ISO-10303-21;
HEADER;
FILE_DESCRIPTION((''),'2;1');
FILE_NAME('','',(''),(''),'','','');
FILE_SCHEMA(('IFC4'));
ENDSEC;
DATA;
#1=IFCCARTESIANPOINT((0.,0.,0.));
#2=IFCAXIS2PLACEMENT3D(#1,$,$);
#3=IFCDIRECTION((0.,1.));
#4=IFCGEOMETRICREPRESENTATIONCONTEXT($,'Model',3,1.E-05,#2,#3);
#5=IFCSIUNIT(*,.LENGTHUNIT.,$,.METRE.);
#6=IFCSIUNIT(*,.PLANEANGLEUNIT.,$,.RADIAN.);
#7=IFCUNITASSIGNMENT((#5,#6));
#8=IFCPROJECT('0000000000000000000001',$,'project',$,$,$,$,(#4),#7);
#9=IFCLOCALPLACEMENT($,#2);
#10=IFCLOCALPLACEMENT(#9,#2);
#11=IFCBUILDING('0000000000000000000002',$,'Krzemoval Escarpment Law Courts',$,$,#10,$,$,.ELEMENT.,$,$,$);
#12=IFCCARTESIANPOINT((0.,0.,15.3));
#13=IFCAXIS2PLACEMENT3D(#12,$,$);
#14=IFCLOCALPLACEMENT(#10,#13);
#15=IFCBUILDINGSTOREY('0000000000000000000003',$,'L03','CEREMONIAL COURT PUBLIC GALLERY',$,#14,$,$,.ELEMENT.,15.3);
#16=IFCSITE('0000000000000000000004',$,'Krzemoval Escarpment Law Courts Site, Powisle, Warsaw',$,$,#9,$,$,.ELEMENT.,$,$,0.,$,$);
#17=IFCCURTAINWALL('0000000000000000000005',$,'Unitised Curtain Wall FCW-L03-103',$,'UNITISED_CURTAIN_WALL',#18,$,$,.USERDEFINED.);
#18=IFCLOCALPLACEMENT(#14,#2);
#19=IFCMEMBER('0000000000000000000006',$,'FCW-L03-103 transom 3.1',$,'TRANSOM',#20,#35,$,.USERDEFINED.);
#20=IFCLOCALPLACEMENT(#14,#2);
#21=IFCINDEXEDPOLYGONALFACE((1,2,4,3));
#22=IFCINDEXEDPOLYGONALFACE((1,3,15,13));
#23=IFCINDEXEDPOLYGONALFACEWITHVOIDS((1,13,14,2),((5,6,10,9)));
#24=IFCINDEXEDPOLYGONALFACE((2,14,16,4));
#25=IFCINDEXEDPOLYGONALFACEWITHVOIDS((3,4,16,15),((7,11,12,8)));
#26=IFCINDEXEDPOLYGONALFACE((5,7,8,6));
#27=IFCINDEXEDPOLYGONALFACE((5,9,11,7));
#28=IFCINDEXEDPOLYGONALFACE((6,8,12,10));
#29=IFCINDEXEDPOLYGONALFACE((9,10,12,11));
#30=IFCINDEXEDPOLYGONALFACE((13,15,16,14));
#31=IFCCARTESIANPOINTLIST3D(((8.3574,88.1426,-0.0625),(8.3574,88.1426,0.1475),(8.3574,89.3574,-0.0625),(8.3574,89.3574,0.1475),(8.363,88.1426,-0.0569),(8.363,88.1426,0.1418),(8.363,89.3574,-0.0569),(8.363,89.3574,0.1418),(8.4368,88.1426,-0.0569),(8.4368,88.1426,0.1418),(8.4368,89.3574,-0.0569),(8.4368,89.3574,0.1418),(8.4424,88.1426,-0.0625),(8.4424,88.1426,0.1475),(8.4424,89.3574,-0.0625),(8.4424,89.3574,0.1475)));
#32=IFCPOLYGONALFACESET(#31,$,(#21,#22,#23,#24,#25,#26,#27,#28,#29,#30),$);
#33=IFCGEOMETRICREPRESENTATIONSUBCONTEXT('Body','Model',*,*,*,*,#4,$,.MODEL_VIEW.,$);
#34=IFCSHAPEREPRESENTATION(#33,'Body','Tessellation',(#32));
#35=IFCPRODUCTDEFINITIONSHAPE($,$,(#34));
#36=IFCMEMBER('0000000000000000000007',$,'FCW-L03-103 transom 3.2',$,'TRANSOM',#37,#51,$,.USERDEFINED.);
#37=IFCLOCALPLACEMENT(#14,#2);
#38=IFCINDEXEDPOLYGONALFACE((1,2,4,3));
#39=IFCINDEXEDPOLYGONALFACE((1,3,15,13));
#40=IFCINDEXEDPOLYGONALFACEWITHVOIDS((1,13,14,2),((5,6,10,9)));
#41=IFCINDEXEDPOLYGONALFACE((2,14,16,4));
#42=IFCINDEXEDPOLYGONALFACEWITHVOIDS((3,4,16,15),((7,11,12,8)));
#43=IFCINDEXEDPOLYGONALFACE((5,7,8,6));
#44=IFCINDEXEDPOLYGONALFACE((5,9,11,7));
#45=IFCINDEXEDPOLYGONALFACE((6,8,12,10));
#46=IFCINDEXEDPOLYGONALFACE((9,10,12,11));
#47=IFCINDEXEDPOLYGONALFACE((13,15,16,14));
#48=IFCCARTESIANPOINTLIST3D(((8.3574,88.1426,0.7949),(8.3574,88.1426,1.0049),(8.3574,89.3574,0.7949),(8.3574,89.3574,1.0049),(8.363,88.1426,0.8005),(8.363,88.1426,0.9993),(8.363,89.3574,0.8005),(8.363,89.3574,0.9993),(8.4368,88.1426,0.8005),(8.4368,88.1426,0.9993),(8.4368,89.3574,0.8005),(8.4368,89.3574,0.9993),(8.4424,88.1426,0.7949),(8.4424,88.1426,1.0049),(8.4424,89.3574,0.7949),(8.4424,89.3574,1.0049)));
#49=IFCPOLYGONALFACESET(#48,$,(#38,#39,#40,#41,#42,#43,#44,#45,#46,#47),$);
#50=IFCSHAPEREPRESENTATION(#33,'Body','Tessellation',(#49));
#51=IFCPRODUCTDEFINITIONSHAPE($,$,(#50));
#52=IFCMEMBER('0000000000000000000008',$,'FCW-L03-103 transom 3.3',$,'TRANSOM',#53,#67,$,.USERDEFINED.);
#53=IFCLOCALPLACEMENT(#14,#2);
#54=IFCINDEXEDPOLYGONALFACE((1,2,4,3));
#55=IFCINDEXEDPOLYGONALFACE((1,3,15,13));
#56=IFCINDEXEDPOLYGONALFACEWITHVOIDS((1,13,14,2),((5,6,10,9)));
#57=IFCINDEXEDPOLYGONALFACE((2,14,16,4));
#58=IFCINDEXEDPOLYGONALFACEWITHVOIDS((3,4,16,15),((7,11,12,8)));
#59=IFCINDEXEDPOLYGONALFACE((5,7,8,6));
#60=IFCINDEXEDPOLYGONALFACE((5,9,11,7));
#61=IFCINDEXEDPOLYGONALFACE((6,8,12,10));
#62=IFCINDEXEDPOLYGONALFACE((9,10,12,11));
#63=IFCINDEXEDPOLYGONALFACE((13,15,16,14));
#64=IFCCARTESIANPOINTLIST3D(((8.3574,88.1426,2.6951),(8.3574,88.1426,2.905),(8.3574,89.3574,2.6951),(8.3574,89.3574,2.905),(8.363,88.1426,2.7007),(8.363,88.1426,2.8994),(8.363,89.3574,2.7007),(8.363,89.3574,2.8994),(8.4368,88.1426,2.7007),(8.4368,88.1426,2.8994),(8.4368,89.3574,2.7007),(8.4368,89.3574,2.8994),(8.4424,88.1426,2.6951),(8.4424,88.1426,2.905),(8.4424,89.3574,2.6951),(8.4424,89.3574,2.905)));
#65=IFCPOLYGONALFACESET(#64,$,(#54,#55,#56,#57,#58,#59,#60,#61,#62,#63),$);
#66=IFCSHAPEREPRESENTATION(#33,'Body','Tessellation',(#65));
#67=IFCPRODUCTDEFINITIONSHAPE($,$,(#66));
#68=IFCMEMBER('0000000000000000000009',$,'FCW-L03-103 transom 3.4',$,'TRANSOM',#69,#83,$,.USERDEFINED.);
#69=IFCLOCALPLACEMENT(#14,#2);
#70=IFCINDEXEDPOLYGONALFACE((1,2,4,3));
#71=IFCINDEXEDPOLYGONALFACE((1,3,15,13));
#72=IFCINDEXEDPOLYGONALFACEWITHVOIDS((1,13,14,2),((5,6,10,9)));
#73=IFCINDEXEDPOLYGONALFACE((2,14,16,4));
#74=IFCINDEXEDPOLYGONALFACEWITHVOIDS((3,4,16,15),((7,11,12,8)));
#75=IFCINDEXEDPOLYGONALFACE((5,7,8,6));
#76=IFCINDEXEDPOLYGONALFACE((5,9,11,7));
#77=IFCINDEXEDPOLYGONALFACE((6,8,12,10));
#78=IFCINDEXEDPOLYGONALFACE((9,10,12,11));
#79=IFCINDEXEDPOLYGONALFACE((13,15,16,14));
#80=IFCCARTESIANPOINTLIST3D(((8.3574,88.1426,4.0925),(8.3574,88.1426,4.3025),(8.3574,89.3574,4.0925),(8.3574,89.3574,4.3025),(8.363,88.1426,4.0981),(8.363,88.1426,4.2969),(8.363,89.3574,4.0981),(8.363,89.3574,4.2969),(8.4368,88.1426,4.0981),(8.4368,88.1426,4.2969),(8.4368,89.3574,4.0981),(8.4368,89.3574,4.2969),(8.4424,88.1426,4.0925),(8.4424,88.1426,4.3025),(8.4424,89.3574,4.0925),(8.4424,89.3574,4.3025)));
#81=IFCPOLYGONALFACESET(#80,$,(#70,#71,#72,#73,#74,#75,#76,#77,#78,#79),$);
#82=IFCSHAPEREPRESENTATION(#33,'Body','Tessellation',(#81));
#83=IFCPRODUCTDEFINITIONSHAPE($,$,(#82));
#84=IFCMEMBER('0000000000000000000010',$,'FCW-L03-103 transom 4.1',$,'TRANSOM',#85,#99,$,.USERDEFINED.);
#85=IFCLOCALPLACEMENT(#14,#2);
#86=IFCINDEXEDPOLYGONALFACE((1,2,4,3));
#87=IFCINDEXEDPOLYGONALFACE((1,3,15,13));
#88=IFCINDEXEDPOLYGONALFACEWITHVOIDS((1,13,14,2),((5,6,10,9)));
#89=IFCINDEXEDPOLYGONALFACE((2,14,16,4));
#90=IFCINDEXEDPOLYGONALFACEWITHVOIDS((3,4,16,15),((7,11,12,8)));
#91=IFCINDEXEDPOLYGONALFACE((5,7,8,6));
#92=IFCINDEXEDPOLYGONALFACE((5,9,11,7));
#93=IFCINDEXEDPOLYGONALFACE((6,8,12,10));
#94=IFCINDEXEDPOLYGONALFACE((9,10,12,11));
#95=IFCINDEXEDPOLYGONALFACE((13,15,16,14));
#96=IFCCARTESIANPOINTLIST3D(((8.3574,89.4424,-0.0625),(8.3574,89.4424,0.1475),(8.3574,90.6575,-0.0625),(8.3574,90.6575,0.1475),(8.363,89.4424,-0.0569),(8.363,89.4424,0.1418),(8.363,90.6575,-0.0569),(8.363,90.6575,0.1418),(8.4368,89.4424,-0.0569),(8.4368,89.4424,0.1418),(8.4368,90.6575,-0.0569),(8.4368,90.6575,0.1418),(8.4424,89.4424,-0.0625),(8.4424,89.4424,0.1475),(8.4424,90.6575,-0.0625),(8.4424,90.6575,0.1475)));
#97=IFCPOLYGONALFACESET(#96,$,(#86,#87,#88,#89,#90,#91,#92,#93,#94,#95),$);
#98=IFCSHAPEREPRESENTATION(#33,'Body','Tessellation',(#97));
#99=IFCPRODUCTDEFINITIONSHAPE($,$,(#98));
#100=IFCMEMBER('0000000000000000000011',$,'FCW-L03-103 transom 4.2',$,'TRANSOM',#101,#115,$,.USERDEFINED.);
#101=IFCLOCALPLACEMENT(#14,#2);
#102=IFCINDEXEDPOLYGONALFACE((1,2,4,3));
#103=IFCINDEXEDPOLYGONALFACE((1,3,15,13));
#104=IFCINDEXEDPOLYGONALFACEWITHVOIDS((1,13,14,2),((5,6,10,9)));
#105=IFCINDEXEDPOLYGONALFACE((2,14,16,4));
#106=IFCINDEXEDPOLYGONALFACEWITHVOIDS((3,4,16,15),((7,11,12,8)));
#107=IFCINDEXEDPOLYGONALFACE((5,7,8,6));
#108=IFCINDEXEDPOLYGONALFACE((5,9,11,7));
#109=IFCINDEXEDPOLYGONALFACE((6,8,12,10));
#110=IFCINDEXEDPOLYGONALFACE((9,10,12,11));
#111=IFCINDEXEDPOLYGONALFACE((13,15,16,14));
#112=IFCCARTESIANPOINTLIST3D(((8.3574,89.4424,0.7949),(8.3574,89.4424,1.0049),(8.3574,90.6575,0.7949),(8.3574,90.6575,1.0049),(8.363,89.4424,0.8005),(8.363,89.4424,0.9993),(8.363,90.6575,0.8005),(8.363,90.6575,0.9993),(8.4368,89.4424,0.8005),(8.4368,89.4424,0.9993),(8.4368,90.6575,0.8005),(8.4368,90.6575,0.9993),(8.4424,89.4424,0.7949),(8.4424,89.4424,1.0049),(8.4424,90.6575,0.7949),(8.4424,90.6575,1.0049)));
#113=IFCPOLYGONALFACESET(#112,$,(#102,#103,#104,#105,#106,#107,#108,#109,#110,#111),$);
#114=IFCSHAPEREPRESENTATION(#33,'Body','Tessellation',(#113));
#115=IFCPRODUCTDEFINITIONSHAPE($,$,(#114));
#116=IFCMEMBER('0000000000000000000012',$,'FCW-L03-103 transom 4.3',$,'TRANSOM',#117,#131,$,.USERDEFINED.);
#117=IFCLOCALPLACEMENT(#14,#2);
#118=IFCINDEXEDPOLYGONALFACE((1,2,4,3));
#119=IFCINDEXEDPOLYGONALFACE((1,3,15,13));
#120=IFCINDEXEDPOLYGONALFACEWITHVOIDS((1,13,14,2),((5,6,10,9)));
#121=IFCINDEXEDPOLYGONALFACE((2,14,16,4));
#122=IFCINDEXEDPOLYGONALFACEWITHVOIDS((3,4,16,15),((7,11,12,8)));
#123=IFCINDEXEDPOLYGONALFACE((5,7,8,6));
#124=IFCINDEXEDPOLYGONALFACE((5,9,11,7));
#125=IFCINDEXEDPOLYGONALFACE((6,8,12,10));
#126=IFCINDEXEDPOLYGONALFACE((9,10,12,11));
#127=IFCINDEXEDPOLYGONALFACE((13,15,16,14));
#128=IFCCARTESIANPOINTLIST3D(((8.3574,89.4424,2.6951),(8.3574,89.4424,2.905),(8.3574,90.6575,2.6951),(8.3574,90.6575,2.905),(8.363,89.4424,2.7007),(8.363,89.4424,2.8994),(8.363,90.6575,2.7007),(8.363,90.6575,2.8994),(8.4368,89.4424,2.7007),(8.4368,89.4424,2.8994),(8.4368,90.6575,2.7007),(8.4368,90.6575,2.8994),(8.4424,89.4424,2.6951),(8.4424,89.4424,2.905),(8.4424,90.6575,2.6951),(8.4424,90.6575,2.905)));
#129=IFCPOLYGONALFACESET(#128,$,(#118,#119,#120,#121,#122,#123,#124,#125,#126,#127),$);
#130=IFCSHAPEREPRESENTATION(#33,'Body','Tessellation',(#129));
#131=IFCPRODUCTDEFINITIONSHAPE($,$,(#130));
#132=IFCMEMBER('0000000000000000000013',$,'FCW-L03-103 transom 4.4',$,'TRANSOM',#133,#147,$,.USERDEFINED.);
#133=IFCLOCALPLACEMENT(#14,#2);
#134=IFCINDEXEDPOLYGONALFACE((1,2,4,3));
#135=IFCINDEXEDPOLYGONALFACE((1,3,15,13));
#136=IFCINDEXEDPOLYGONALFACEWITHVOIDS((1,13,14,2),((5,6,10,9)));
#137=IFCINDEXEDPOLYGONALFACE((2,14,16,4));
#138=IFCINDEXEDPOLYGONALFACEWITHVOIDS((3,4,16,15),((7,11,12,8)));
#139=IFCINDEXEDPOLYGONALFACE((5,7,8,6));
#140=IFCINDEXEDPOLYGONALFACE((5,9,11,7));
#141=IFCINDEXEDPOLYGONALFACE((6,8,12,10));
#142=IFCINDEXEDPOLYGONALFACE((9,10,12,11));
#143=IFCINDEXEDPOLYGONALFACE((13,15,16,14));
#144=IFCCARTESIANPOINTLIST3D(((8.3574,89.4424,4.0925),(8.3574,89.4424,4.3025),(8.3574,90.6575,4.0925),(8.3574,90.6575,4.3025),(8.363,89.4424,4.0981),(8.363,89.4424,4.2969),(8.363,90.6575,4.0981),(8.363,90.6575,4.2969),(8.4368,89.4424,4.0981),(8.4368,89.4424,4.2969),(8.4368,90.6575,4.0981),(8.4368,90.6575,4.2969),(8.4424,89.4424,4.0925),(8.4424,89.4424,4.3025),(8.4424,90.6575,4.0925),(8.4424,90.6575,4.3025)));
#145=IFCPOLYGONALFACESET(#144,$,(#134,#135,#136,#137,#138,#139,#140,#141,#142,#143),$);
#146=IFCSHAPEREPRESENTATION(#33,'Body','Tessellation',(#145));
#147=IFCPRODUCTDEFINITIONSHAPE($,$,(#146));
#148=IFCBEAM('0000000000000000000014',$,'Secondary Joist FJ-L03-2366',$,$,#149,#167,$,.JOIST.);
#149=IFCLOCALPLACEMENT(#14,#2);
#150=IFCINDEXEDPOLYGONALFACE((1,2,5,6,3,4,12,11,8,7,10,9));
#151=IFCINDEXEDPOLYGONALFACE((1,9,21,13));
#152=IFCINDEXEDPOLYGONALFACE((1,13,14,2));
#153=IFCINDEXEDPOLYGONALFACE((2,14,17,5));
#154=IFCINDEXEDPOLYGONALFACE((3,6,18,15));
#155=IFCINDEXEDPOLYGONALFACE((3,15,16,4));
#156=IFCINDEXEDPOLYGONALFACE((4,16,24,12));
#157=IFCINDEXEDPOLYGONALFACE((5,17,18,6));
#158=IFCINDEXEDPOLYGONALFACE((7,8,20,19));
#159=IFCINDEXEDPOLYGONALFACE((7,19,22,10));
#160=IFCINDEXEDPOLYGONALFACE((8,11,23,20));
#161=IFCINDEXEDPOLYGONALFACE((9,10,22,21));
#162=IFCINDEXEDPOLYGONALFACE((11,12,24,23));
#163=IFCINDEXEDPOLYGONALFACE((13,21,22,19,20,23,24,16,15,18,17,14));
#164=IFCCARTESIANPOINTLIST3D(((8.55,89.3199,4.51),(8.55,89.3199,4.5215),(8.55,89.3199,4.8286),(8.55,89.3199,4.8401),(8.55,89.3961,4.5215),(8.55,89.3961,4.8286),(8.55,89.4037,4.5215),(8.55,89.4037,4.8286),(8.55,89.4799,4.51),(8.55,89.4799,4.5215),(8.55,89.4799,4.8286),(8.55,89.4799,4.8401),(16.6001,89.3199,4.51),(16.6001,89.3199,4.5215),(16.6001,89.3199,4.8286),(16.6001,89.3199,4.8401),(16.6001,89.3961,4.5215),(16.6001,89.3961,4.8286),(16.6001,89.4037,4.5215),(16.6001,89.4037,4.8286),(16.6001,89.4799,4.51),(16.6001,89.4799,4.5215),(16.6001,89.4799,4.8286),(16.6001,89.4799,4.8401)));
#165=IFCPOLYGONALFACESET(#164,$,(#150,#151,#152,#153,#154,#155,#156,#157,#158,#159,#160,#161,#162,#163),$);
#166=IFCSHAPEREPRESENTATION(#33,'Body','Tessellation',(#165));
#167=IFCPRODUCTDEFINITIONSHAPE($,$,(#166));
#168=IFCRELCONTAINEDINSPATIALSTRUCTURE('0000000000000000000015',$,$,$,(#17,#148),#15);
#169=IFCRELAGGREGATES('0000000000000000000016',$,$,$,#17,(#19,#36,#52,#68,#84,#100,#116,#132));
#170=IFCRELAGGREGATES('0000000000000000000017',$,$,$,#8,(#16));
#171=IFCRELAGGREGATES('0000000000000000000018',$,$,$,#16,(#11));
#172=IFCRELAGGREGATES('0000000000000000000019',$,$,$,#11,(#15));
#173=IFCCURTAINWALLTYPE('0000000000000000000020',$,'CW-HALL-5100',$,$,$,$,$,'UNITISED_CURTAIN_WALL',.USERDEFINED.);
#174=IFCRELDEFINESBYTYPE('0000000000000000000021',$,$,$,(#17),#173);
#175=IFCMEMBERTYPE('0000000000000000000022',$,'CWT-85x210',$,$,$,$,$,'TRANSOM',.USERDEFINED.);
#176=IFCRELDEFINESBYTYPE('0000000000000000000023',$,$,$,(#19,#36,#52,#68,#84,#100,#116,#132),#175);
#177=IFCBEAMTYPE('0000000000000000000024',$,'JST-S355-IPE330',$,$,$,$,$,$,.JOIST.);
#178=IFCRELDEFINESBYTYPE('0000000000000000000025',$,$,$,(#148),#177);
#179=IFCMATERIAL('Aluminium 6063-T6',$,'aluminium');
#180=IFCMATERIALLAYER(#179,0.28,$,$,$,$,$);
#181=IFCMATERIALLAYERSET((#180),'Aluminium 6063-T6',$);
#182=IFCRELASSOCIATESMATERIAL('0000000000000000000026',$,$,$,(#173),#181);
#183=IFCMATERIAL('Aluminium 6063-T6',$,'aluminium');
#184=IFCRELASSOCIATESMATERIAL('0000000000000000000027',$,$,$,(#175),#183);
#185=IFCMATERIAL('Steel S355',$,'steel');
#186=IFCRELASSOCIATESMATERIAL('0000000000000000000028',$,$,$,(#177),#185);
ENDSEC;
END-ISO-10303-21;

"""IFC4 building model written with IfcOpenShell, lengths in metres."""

from ifc_helpers import new_model, si_unit, direction, frame, origin, origin_2d, place, context, subcontext, project, spatial, hollow_rectangle, i_section, extrude, material, layer, layer_set, material_profile, profile_set, type_object, element, aggregate, save


model = new_model("IFC4")

# Units and contexts
model_context = context("Model", 3, precision=1e-05, world=origin(), true_north=direction((0.0, 1.0)))
body_context = subcontext(model_context, "Body", "Model", "MODEL_VIEW")
ifc_project = project(units=[si_unit("LENGTHUNIT", "METRE"), si_unit("PLANEANGLEUNIT", "RADIAN")], contexts=[model_context])

# Site, building, storey
site_placement = place(None, origin())
site = spatial("IfcSite", under=ifc_project, at=site_placement, Name="Krzemoval Escarpment Law Courts Site, Powisle, Warsaw", CompositionType="ELEMENT", RefElevation=0.0)
building_placement = place(site_placement, origin())
building = spatial("IfcBuilding", under=site, at=building_placement, Name="Krzemoval Escarpment Law Courts", CompositionType="ELEMENT")
storey_placement = place(building_placement, frame((0.0, 0.0, 15.3)))
storey = spatial("IfcBuildingStorey", under=building, at=storey_placement, Name="L03", Description="CEREMONIAL COURT PUBLIC GALLERY", CompositionType="ELEMENT", Elevation=15.3)

# Curtain wall, members
ifc_material_1 = material(Name="Aluminium 6063-T6", Category="aluminium")
ifc_layer_1 = layer(ifc_material_1, 0.28)
ifc_layer_set_1 = layer_set([ifc_layer_1], Name="Aluminium 6063-T6")
curtain_wall_type = type_object("IfcCurtainWallType", Name="CW-HALL-5100", ElementType="UNITISED_CURTAIN_WALL", PredefinedType="USERDEFINED", material=ifc_layer_set_1)
curtain_wall_placement = place(storey_placement, origin())
curtain_wall = element("IfcCurtainWall", 1, at=curtain_wall_placement, inside=storey, type_object=curtain_wall_type, Name="Unitised Curtain Wall FCW-L03-103", ObjectType="UNITISED_CURTAIN_WALL", PredefinedType="USERDEFINED")
ifc_material_2 = material(Name="Aluminium 6063-T6", Category="aluminium")
ifc_material_profile_1 = material_profile(ifc_material_2, hollow_rectangle(XDim=0.085, YDim=0.21, WallThickness=0.0056, at=origin_2d()), Name="ALU T85x210")
ifc_profile_set_1 = profile_set([ifc_material_profile_1], Name="Aluminium 6063-T6")
member_type_1 = type_object("IfcMemberType", Name="CWT-85x210", ElementType="TRANSOM", PredefinedType="USERDEFINED", material=ifc_profile_set_1)
member_1_placement = place(storey_placement, frame((8.3999, 88.1426, 0.0425), z_axis=(0.0, 1.0, 0.0), x_axis=(-1.0, 0.0, 0.0)))
member_1 = element("IfcMember", 2, at=member_1_placement, type_object=member_type_1, Name="FCW-L03-103 transom 3.1", ObjectType="TRANSOM", PredefinedType="USERDEFINED", context=body_context, shape_type="SweptSolid", body=[
    extrude(hollow_rectangle(XDim=0.085, YDim=0.21, WallThickness=0.0056, at=origin_2d()), origin(), (0.0, 0.0, 1.0), 1.2148),
])
member_2_placement = place(storey_placement, frame((8.3999, 88.1426, 0.8999), z_axis=(0.0, 1.0, 0.0), x_axis=(-1.0, 0.0, 0.0)))
member_2 = element("IfcMember", 3, at=member_2_placement, type_object=member_type_1, Name="FCW-L03-103 transom 3.2", ObjectType="TRANSOM", PredefinedType="USERDEFINED", context=body_context, shape_type="SweptSolid", body=[
    extrude(hollow_rectangle(XDim=0.085, YDim=0.21, WallThickness=0.0056, at=origin_2d()), origin(), (0.0, 0.0, 1.0), 1.2148),
])
member_3_placement = place(storey_placement, frame((8.3999, 88.1426, 2.8), z_axis=(0.0, 1.0, 0.0), x_axis=(-1.0, 0.0, 0.0)))
member_3 = element("IfcMember", 4, at=member_3_placement, type_object=member_type_1, Name="FCW-L03-103 transom 3.3", ObjectType="TRANSOM", PredefinedType="USERDEFINED", context=body_context, shape_type="SweptSolid", body=[
    extrude(hollow_rectangle(XDim=0.085, YDim=0.21, WallThickness=0.0056, at=origin_2d()), origin(), (0.0, 0.0, 1.0), 1.2148),
])
member_4_placement = place(storey_placement, frame((8.3999, 88.1426, 4.1975), z_axis=(0.0, 1.0, 0.0), x_axis=(-1.0, 0.0, 0.0)))
member_4 = element("IfcMember", 5, at=member_4_placement, type_object=member_type_1, Name="FCW-L03-103 transom 3.4", ObjectType="TRANSOM", PredefinedType="USERDEFINED", context=body_context, shape_type="SweptSolid", body=[
    extrude(hollow_rectangle(XDim=0.085, YDim=0.21, WallThickness=0.0056, at=origin_2d()), origin(), (0.0, 0.0, 1.0), 1.2148),
])
member_5_placement = place(storey_placement, frame((8.3999, 89.4424, 0.0425), z_axis=(0.0, 1.0, 0.0), x_axis=(-1.0, 0.0, 0.0)))
member_5 = element("IfcMember", 6, at=member_5_placement, type_object=member_type_1, Name="FCW-L03-103 transom 4.1", ObjectType="TRANSOM", PredefinedType="USERDEFINED", context=body_context, shape_type="SweptSolid", body=[
    extrude(hollow_rectangle(XDim=0.085, YDim=0.21, WallThickness=0.0056, at=origin_2d()), origin(), (0.0, 0.0, 1.0), 1.2151),
])
member_6_placement = place(storey_placement, frame((8.3999, 89.4424, 0.8999), z_axis=(0.0, 1.0, 0.0), x_axis=(-1.0, 0.0, 0.0)))
member_6 = element("IfcMember", 7, at=member_6_placement, type_object=member_type_1, Name="FCW-L03-103 transom 4.2", ObjectType="TRANSOM", PredefinedType="USERDEFINED", context=body_context, shape_type="SweptSolid", body=[
    extrude(hollow_rectangle(XDim=0.085, YDim=0.21, WallThickness=0.0056, at=origin_2d()), origin(), (0.0, 0.0, 1.0), 1.2151),
])
member_7_placement = place(storey_placement, frame((8.3999, 89.4424, 2.8), z_axis=(0.0, 1.0, 0.0), x_axis=(-1.0, 0.0, 0.0)))
member_7 = element("IfcMember", 8, at=member_7_placement, type_object=member_type_1, Name="FCW-L03-103 transom 4.3", ObjectType="TRANSOM", PredefinedType="USERDEFINED", context=body_context, shape_type="SweptSolid", body=[
    extrude(hollow_rectangle(XDim=0.085, YDim=0.21, WallThickness=0.0056, at=origin_2d()), origin(), (0.0, 0.0, 1.0), 1.2151),
])
member_8_placement = place(storey_placement, frame((8.3999, 89.4424, 4.1975), z_axis=(0.0, 1.0, 0.0), x_axis=(-1.0, 0.0, 0.0)))
member_8 = element("IfcMember", 9, at=member_8_placement, type_object=member_type_1, Name="FCW-L03-103 transom 4.4", ObjectType="TRANSOM", PredefinedType="USERDEFINED", context=body_context, shape_type="SweptSolid", body=[
    extrude(hollow_rectangle(XDim=0.085, YDim=0.21, WallThickness=0.0056, at=origin_2d()), origin(), (0.0, 0.0, 1.0), 1.2151),
])

# Beam
ifc_material_3 = material(Name="Steel S355", Category="steel")
ifc_material_profile_2 = material_profile(ifc_material_3, i_section(OverallWidth=0.1599, OverallDepth=0.3301, WebThickness=0.0076, FlangeThickness=0.0115, at=origin_2d()), Name="IPE 330")
ifc_profile_set_2 = profile_set([ifc_material_profile_2], Name="Steel S355")
beam_type_1 = type_object("IfcBeamType", Name="JST-S355-IPE330", PredefinedType="JOIST", material=ifc_profile_set_2)
beam_1_placement = place(storey_placement, frame((8.55, 89.3999, 4.675), z_axis=(1.0, 0.0, 0.0), x_axis=(0.0, 1.0, 0.0)))
element("IfcBeam", 10, at=beam_1_placement, inside=storey, type_object=beam_type_1, Name="Secondary Joist FJ-L03-2366", PredefinedType="JOIST", context=body_context, shape_type="SweptSolid", body=[
    extrude(i_section(OverallWidth=0.1599, OverallDepth=0.3301, WebThickness=0.0076, FlangeThickness=0.0115, at=origin_2d()), origin(), (0.0, 0.0, 1.0), 8.05),
])

aggregate(curtain_wall, [member_1, member_2, member_3, member_4, member_5, member_6, member_7, member_8])

save(model, "model.ifc")
